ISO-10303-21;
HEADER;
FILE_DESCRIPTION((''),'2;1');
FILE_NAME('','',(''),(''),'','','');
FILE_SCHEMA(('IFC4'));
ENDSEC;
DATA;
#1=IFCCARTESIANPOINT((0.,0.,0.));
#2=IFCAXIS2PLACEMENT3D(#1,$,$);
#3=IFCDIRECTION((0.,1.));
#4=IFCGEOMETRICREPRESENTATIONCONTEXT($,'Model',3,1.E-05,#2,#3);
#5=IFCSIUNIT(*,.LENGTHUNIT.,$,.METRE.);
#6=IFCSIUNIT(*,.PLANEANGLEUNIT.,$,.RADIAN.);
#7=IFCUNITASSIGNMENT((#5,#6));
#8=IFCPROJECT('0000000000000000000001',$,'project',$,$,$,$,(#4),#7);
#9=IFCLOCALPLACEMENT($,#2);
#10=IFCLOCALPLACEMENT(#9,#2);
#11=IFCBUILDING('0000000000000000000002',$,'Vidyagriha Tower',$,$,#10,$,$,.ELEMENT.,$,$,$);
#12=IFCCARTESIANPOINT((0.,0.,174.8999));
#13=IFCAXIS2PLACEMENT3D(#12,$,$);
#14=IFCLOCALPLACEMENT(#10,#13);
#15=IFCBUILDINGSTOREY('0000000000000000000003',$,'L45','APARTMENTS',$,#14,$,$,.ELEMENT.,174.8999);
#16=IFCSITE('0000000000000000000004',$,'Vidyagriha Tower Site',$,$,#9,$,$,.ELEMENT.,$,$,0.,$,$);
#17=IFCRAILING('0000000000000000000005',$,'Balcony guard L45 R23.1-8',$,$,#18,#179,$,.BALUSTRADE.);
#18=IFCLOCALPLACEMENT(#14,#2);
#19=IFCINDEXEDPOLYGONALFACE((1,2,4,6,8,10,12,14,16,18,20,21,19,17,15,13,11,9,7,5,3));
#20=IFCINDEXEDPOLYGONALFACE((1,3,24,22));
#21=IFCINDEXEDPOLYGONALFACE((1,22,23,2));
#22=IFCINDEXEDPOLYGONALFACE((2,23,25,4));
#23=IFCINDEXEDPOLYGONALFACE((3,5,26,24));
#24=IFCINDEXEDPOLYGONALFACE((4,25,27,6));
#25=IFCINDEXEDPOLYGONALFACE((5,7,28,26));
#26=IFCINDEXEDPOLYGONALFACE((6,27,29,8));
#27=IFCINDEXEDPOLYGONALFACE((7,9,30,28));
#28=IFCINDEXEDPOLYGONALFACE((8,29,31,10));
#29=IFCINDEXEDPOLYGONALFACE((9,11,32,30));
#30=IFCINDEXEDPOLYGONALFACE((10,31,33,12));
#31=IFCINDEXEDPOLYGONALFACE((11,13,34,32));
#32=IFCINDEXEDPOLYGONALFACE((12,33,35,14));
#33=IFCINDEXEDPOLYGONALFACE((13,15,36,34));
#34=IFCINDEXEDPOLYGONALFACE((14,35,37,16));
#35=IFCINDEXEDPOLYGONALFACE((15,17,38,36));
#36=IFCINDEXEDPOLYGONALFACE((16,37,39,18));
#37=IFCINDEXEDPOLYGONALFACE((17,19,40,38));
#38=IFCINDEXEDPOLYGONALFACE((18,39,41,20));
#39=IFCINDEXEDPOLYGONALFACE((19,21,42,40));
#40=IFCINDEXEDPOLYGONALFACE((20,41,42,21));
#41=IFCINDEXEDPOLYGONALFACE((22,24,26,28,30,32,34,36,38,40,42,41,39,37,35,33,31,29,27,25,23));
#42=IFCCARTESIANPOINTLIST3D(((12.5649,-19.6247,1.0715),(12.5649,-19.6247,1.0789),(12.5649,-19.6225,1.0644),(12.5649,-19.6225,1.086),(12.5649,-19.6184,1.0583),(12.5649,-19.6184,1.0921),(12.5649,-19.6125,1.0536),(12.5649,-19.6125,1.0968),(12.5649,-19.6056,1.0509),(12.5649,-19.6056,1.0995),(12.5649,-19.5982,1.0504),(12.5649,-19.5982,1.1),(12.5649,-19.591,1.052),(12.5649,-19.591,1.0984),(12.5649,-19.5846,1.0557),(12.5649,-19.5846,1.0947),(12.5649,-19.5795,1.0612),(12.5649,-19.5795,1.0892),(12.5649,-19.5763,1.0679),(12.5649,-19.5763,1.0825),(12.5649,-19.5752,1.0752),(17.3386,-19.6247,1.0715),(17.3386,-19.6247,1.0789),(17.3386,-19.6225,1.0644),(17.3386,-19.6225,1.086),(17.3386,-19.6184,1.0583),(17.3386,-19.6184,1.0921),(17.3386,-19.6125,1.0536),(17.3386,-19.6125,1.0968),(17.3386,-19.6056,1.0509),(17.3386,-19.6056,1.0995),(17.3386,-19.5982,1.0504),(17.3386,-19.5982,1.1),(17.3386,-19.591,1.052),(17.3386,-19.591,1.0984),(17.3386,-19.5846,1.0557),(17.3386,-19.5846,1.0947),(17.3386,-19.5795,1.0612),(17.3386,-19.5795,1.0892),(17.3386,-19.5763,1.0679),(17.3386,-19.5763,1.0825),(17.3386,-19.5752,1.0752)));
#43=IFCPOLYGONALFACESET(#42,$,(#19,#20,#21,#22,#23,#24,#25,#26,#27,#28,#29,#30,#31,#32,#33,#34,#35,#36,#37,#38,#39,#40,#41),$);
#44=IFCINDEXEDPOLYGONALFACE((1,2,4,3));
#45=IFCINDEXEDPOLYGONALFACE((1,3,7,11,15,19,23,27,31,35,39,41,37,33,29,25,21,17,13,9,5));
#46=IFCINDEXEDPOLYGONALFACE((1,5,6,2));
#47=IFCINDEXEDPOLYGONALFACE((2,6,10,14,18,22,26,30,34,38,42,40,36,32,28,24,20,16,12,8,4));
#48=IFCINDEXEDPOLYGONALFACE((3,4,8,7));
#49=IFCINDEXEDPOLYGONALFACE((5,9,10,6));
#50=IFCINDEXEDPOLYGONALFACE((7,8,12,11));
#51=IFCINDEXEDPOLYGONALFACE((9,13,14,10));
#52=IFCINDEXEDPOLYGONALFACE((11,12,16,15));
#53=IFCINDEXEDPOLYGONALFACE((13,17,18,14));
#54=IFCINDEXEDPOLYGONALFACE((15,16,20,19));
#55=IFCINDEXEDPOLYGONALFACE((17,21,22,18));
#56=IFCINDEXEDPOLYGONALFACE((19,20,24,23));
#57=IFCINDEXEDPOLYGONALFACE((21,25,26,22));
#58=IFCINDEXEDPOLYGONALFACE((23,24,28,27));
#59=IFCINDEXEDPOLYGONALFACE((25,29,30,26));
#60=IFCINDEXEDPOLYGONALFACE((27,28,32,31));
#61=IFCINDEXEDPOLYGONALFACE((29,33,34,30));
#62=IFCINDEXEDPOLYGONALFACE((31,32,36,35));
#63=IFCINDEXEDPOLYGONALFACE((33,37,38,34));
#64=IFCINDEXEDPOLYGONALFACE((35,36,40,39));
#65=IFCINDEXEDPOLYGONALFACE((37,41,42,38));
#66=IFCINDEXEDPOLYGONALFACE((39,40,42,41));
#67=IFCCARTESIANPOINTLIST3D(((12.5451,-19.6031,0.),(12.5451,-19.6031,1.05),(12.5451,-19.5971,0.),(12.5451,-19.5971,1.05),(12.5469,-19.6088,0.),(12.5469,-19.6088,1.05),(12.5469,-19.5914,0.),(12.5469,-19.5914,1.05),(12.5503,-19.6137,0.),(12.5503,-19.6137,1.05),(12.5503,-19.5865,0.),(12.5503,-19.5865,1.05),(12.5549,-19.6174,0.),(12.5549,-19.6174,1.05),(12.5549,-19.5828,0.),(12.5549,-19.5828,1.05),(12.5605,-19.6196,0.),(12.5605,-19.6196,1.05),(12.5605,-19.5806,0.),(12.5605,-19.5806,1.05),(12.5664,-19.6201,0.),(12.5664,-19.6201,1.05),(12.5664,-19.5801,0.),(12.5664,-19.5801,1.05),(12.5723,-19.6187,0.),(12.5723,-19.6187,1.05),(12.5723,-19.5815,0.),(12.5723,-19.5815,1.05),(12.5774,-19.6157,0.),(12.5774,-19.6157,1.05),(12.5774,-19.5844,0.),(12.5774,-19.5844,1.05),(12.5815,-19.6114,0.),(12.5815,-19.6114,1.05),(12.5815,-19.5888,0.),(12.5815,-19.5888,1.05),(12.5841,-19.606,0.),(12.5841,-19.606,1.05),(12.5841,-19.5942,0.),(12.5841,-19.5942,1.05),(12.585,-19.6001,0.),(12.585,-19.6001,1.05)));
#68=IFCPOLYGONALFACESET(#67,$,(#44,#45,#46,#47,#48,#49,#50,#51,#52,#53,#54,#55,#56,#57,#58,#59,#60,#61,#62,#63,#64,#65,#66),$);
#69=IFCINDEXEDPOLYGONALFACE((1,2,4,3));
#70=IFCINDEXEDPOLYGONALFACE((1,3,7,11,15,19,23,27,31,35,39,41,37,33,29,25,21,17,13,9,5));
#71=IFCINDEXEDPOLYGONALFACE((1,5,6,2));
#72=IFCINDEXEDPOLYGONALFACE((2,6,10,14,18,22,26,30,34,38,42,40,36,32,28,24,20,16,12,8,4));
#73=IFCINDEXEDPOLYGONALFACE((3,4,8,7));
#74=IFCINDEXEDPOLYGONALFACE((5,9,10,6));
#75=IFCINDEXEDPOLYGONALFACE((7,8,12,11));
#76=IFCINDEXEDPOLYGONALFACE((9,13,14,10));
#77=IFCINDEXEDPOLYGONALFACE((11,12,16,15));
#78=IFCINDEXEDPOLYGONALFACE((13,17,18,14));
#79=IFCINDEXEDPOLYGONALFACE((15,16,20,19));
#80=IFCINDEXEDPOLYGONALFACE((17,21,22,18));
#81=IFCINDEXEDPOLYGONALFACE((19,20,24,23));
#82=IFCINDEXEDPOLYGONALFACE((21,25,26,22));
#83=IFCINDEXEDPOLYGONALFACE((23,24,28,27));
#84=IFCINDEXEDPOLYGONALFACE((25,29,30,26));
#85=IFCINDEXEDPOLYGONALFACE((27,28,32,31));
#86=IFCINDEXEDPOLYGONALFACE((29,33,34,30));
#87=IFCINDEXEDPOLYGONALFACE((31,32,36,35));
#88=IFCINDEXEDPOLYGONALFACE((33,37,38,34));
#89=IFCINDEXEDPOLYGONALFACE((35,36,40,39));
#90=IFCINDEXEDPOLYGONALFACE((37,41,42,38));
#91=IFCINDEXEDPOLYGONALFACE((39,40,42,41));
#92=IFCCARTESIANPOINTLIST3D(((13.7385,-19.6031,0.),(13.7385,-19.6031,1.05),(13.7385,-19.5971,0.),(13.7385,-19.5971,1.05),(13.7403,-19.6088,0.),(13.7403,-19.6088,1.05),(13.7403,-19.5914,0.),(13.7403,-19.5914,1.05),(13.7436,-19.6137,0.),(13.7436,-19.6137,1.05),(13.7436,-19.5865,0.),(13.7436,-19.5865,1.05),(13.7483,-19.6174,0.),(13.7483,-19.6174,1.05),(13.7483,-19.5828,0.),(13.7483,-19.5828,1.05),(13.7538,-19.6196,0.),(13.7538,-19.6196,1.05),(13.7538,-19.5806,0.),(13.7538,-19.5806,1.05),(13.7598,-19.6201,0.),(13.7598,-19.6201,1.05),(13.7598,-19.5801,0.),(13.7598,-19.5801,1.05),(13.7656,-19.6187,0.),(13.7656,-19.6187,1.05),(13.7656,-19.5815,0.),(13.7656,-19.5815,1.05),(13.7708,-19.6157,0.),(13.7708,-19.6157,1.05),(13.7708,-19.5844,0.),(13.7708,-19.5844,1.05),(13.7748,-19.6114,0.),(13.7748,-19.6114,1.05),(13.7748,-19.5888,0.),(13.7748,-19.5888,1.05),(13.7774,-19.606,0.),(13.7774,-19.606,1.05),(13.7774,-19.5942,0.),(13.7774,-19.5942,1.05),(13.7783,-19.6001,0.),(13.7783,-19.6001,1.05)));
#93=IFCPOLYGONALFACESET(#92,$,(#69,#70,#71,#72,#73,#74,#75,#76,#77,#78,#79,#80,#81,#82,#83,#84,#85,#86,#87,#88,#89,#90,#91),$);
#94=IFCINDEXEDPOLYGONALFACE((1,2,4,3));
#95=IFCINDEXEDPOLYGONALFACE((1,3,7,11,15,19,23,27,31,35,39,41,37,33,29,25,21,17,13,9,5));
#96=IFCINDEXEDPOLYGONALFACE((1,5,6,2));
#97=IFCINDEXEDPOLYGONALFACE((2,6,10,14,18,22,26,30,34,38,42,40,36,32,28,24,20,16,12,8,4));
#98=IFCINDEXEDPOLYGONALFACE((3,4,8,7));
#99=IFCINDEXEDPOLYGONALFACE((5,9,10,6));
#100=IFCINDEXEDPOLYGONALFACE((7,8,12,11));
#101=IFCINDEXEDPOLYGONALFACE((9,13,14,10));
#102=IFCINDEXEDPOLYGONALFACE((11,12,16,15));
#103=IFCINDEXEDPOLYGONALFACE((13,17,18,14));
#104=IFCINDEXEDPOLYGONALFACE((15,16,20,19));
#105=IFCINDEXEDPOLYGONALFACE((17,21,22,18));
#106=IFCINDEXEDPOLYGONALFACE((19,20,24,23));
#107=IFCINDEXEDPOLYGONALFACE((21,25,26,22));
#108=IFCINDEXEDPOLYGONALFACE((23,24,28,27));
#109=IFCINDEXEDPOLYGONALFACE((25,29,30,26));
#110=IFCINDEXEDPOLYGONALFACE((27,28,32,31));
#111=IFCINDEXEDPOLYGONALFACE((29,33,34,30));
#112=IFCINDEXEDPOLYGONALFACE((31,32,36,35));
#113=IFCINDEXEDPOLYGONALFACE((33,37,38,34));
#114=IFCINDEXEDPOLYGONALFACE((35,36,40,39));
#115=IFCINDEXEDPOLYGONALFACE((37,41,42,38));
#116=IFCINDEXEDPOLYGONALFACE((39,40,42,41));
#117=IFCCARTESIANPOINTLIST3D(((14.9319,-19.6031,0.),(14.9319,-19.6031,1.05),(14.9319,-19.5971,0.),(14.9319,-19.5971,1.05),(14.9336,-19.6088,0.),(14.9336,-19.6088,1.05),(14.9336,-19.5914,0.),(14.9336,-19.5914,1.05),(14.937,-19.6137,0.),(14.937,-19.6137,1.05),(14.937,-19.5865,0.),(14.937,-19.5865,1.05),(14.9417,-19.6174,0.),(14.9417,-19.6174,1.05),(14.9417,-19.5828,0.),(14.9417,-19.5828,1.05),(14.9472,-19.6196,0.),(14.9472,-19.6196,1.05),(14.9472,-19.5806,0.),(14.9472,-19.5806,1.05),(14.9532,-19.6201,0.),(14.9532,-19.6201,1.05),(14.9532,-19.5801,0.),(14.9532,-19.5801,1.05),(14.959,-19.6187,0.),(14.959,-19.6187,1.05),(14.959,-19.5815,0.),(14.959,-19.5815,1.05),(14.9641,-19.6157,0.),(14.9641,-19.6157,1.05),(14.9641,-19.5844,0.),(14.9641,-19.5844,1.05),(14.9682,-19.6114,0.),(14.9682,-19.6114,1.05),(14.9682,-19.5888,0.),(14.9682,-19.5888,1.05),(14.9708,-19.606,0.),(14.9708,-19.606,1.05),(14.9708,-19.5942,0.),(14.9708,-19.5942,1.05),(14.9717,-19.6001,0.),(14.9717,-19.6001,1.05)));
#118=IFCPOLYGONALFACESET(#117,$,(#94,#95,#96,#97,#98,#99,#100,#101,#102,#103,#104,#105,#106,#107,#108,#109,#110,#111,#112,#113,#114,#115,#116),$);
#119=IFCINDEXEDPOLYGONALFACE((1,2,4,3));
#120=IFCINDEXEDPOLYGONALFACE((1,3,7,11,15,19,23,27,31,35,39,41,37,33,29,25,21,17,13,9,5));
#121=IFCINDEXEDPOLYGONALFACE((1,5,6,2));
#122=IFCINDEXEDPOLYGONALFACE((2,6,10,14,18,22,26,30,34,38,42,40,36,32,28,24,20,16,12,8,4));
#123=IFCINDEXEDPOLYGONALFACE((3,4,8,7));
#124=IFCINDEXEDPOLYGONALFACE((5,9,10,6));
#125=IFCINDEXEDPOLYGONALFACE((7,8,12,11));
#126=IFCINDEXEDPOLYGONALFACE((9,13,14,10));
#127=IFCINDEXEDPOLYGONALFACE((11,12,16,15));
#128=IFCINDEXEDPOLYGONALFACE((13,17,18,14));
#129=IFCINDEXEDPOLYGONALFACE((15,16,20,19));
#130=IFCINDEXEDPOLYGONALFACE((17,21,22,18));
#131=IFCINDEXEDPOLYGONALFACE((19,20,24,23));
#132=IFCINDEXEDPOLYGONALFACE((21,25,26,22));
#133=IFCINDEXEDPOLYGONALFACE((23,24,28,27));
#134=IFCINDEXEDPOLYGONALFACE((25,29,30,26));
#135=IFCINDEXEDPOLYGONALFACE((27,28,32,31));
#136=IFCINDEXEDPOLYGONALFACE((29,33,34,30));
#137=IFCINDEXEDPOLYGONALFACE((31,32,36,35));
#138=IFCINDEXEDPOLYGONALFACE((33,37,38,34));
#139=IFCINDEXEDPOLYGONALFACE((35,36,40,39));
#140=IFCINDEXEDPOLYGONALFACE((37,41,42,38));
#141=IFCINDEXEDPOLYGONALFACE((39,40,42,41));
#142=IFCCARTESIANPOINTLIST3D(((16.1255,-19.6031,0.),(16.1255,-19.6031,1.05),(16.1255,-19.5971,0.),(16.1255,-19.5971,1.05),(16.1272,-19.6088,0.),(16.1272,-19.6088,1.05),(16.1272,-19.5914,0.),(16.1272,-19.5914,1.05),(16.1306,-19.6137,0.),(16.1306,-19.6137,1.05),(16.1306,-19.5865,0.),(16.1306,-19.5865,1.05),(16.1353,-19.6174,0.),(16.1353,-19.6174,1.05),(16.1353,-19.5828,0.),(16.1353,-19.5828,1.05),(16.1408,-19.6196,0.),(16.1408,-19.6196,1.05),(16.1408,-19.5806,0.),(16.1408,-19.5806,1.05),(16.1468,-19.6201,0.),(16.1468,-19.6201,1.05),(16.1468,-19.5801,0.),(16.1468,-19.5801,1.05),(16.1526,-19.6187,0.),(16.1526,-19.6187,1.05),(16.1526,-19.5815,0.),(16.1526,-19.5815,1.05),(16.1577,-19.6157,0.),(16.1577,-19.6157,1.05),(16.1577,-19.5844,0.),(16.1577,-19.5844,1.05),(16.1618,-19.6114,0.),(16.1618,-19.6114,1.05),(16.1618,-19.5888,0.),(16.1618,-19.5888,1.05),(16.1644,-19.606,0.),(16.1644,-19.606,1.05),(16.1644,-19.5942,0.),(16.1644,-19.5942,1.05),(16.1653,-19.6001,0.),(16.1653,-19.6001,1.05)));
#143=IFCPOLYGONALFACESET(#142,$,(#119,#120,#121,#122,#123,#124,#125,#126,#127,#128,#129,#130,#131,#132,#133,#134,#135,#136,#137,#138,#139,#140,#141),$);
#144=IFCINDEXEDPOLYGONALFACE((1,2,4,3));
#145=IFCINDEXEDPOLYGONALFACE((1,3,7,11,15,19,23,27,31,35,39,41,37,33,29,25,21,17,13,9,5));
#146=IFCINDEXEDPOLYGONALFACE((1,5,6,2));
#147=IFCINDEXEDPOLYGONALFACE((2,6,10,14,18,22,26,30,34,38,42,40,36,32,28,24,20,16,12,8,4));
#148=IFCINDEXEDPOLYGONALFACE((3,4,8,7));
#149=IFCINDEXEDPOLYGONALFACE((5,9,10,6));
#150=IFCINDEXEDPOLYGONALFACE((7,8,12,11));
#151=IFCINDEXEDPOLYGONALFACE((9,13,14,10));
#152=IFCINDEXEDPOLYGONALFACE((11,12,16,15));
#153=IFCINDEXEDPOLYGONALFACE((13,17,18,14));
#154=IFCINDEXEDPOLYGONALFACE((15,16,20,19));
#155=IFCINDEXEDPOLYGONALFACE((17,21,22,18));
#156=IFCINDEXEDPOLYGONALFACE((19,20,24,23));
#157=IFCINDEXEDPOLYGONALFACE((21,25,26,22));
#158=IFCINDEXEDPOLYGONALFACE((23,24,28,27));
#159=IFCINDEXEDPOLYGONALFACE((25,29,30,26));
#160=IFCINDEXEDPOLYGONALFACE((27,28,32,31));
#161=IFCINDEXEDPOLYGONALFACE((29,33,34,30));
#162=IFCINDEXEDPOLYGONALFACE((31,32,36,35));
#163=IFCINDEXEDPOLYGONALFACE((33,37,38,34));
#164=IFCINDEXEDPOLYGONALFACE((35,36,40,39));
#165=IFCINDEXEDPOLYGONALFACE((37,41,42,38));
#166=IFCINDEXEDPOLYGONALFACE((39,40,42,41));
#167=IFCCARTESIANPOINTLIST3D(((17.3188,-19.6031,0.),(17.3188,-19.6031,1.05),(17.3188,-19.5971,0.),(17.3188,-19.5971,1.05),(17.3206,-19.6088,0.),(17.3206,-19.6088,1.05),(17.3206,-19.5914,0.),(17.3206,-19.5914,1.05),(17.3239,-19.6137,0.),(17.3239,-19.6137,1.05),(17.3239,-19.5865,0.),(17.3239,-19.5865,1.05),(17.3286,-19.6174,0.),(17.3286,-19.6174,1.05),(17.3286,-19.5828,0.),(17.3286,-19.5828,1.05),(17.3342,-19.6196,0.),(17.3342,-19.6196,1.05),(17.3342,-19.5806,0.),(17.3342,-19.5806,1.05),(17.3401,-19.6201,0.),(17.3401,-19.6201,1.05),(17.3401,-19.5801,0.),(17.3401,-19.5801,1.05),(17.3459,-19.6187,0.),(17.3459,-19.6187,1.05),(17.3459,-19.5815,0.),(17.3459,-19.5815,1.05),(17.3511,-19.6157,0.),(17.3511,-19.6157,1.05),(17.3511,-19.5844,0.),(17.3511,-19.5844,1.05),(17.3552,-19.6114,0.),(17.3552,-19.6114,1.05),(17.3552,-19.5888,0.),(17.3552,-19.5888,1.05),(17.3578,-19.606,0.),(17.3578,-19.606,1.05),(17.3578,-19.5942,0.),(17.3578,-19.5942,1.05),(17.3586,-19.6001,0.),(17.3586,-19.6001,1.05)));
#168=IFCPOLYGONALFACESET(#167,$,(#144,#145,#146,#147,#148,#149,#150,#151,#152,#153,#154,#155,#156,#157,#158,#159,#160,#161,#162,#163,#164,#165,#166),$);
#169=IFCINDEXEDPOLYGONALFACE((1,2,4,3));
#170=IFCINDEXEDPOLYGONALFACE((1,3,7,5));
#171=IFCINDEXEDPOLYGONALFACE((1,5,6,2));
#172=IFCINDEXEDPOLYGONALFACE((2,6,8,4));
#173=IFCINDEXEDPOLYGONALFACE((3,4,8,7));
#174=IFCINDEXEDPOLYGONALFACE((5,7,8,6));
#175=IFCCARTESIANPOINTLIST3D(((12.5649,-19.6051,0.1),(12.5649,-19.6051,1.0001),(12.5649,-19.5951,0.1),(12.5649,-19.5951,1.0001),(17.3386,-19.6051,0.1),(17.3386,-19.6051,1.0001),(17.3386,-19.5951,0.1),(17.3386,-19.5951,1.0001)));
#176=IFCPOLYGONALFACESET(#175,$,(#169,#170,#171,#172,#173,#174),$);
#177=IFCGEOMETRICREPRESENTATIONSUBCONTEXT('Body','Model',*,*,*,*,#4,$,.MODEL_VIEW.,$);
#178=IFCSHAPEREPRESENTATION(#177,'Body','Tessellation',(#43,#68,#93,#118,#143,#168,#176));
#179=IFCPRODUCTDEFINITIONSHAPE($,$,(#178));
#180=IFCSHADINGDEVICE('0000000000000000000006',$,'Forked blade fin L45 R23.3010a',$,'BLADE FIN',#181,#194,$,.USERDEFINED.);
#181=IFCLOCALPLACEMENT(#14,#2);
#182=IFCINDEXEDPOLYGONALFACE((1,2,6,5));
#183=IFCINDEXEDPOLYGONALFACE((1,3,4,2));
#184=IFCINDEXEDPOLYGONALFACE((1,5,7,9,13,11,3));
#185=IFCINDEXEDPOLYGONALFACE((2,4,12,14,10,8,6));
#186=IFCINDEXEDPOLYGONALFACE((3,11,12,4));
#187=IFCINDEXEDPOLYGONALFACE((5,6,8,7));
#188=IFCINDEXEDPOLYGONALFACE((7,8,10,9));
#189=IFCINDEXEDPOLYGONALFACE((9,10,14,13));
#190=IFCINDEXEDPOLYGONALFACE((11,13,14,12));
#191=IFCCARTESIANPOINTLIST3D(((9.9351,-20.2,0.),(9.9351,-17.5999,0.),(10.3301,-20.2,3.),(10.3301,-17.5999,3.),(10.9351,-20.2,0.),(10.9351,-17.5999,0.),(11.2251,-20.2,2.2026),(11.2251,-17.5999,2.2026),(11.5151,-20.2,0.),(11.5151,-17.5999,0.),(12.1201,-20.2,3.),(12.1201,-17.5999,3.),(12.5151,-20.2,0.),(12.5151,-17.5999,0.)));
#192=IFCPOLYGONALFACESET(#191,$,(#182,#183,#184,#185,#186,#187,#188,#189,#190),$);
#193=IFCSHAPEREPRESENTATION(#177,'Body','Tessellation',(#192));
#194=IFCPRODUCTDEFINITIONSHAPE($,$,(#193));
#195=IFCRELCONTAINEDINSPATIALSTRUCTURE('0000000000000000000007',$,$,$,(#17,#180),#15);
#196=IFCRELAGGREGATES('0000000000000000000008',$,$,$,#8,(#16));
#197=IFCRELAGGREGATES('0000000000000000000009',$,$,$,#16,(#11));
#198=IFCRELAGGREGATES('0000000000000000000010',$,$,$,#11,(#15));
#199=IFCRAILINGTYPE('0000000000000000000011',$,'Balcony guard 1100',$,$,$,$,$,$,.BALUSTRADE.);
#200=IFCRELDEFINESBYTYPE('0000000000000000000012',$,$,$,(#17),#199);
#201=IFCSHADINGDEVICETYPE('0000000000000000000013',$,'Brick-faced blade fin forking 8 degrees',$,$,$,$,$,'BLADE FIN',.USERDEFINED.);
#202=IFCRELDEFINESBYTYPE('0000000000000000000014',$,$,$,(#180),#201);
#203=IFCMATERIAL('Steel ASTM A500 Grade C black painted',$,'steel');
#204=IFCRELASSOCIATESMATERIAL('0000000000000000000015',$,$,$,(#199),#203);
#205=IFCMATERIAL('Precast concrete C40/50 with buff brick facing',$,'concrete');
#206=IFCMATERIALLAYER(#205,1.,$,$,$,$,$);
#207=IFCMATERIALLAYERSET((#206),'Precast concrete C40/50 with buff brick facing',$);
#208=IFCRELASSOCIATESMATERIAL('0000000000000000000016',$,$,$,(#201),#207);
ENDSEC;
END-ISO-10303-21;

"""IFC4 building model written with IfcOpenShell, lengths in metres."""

from ifc_helpers import new_model, si_unit, direction, frame, origin, origin_2d, place, context, subcontext, project, spatial, polyline, rectangle, circle, outline, extrude, material, layer, layer_set, type_object, element, save


model = new_model("IFC4")

# Units and contexts
model_context = context("Model", 3, precision=1e-05, world=origin(), true_north=direction((0.0, 1.0)))
body_context = subcontext(model_context, "Body", "Model", "MODEL_VIEW")
ifc_project = project(units=[si_unit("LENGTHUNIT", "METRE"), si_unit("PLANEANGLEUNIT", "RADIAN")], contexts=[model_context])

# Site, building, storey
site_placement = place(None, origin())
site = spatial("IfcSite", under=ifc_project, at=site_placement, Name="Vidyagriha Tower Site", CompositionType="ELEMENT", RefElevation=0.0)
building_placement = place(site_placement, origin())
building = spatial("IfcBuilding", under=site, at=building_placement, Name="Vidyagriha Tower", CompositionType="ELEMENT")
storey_placement = place(building_placement, frame((0.0, 0.0, 174.8999)))
storey = spatial("IfcBuildingStorey", under=building, at=storey_placement, Name="L45", Description="APARTMENTS", CompositionType="ELEMENT", Elevation=174.8999)

# Railing
ifc_material_1 = material(Name="Steel ASTM A500 Grade C black painted", Category="steel")
railing_type = type_object("IfcRailingType", Name="Balcony guard 1100", PredefinedType="BALUSTRADE", material=ifc_material_1)
for number, where, name in (
    (1, (12.5649, -19.6001, 0.0), "Balcony guard L45 R23.1-8"),
):
    element("IfcRailing", number, at=place(storey_placement, frame(where)), inside=storey, type_object=railing_type, Name=name, PredefinedType="BALUSTRADE", context=body_context, shape_type="SweptSolid", body=[
        extrude(circle(Radius=0.0249, at=origin_2d()), frame((0.0, 0.0, 1.0752), z_axis=(1.0, 0.0, 0.0), x_axis=(0.0, 1.0, 0.0)), (0.0, 0.0, 1.0), 4.7737),
        extrude(circle(Radius=0.02, at=origin_2d()), origin(), (0.0, 0.0, 1.0), 1.05),
        extrude(circle(Radius=0.02, at=origin_2d()), frame((1.1934, 0.0, 0.0)), (0.0, 0.0, 1.0), 1.05),
        extrude(circle(Radius=0.02, at=origin_2d()), frame((2.3867, 0.0, 0.0)), (0.0, 0.0, 1.0), 1.05),
        extrude(circle(Radius=0.02, at=origin_2d()), frame((3.5803, 0.0, 0.0)), (0.0, 0.0, 1.0), 1.05),
        extrude(circle(Radius=0.02, at=origin_2d()), frame((4.7737, 0.0, 0.0)), (0.0, 0.0, 1.0), 1.05),
        extrude(rectangle(XDim=0.01, YDim=0.9001, at=origin_2d()), frame((0.0, 0.0, 0.55), z_axis=(1.0, 0.0, 0.0), x_axis=(0.0, 1.0, 0.0)), (0.0, 0.0, 1.0), 4.7737),
    ])

# Shading device
ifc_material_2 = material(Name="Precast concrete C40/50 with buff brick facing", Category="concrete")
ifc_layer_1 = layer(ifc_material_2, 1.0)
ifc_layer_set_1 = layer_set([ifc_layer_1], Name="Precast concrete C40/50 with buff brick facing")
shading_device_type = type_object("IfcShadingDeviceType", Name="Brick-faced blade fin forking 8 degrees", ElementType="BLADE FIN", PredefinedType="USERDEFINED", material=ifc_layer_set_1)
shading_device_placement = place(storey_placement, frame((9.9351, -18.8999, 0.0)))
element("IfcShadingDevice", 2, at=shading_device_placement, inside=storey, type_object=shading_device_type, Name="Forked blade fin L45 R23.3010a", ObjectType="BLADE FIN", PredefinedType="USERDEFINED", context=body_context, shape_type="SweptSolid", body=[
    extrude(outline(polyline([(1.0, 0.0), (1.29, 2.2026), (1.5801, 0.0), (2.5801, 0.0), (2.1851, 3.0), (0.395, 3.0), (0.0, 0.0), (1.0, 0.0)])), frame((0.0, 1.3, 0.0), z_axis=(0.0, -1.0, 0.0), x_axis=(1.0, 0.0, 0.0)), (0.0, 0.0, 1.0), 2.6001),
])

save(model, "model.ifc")
